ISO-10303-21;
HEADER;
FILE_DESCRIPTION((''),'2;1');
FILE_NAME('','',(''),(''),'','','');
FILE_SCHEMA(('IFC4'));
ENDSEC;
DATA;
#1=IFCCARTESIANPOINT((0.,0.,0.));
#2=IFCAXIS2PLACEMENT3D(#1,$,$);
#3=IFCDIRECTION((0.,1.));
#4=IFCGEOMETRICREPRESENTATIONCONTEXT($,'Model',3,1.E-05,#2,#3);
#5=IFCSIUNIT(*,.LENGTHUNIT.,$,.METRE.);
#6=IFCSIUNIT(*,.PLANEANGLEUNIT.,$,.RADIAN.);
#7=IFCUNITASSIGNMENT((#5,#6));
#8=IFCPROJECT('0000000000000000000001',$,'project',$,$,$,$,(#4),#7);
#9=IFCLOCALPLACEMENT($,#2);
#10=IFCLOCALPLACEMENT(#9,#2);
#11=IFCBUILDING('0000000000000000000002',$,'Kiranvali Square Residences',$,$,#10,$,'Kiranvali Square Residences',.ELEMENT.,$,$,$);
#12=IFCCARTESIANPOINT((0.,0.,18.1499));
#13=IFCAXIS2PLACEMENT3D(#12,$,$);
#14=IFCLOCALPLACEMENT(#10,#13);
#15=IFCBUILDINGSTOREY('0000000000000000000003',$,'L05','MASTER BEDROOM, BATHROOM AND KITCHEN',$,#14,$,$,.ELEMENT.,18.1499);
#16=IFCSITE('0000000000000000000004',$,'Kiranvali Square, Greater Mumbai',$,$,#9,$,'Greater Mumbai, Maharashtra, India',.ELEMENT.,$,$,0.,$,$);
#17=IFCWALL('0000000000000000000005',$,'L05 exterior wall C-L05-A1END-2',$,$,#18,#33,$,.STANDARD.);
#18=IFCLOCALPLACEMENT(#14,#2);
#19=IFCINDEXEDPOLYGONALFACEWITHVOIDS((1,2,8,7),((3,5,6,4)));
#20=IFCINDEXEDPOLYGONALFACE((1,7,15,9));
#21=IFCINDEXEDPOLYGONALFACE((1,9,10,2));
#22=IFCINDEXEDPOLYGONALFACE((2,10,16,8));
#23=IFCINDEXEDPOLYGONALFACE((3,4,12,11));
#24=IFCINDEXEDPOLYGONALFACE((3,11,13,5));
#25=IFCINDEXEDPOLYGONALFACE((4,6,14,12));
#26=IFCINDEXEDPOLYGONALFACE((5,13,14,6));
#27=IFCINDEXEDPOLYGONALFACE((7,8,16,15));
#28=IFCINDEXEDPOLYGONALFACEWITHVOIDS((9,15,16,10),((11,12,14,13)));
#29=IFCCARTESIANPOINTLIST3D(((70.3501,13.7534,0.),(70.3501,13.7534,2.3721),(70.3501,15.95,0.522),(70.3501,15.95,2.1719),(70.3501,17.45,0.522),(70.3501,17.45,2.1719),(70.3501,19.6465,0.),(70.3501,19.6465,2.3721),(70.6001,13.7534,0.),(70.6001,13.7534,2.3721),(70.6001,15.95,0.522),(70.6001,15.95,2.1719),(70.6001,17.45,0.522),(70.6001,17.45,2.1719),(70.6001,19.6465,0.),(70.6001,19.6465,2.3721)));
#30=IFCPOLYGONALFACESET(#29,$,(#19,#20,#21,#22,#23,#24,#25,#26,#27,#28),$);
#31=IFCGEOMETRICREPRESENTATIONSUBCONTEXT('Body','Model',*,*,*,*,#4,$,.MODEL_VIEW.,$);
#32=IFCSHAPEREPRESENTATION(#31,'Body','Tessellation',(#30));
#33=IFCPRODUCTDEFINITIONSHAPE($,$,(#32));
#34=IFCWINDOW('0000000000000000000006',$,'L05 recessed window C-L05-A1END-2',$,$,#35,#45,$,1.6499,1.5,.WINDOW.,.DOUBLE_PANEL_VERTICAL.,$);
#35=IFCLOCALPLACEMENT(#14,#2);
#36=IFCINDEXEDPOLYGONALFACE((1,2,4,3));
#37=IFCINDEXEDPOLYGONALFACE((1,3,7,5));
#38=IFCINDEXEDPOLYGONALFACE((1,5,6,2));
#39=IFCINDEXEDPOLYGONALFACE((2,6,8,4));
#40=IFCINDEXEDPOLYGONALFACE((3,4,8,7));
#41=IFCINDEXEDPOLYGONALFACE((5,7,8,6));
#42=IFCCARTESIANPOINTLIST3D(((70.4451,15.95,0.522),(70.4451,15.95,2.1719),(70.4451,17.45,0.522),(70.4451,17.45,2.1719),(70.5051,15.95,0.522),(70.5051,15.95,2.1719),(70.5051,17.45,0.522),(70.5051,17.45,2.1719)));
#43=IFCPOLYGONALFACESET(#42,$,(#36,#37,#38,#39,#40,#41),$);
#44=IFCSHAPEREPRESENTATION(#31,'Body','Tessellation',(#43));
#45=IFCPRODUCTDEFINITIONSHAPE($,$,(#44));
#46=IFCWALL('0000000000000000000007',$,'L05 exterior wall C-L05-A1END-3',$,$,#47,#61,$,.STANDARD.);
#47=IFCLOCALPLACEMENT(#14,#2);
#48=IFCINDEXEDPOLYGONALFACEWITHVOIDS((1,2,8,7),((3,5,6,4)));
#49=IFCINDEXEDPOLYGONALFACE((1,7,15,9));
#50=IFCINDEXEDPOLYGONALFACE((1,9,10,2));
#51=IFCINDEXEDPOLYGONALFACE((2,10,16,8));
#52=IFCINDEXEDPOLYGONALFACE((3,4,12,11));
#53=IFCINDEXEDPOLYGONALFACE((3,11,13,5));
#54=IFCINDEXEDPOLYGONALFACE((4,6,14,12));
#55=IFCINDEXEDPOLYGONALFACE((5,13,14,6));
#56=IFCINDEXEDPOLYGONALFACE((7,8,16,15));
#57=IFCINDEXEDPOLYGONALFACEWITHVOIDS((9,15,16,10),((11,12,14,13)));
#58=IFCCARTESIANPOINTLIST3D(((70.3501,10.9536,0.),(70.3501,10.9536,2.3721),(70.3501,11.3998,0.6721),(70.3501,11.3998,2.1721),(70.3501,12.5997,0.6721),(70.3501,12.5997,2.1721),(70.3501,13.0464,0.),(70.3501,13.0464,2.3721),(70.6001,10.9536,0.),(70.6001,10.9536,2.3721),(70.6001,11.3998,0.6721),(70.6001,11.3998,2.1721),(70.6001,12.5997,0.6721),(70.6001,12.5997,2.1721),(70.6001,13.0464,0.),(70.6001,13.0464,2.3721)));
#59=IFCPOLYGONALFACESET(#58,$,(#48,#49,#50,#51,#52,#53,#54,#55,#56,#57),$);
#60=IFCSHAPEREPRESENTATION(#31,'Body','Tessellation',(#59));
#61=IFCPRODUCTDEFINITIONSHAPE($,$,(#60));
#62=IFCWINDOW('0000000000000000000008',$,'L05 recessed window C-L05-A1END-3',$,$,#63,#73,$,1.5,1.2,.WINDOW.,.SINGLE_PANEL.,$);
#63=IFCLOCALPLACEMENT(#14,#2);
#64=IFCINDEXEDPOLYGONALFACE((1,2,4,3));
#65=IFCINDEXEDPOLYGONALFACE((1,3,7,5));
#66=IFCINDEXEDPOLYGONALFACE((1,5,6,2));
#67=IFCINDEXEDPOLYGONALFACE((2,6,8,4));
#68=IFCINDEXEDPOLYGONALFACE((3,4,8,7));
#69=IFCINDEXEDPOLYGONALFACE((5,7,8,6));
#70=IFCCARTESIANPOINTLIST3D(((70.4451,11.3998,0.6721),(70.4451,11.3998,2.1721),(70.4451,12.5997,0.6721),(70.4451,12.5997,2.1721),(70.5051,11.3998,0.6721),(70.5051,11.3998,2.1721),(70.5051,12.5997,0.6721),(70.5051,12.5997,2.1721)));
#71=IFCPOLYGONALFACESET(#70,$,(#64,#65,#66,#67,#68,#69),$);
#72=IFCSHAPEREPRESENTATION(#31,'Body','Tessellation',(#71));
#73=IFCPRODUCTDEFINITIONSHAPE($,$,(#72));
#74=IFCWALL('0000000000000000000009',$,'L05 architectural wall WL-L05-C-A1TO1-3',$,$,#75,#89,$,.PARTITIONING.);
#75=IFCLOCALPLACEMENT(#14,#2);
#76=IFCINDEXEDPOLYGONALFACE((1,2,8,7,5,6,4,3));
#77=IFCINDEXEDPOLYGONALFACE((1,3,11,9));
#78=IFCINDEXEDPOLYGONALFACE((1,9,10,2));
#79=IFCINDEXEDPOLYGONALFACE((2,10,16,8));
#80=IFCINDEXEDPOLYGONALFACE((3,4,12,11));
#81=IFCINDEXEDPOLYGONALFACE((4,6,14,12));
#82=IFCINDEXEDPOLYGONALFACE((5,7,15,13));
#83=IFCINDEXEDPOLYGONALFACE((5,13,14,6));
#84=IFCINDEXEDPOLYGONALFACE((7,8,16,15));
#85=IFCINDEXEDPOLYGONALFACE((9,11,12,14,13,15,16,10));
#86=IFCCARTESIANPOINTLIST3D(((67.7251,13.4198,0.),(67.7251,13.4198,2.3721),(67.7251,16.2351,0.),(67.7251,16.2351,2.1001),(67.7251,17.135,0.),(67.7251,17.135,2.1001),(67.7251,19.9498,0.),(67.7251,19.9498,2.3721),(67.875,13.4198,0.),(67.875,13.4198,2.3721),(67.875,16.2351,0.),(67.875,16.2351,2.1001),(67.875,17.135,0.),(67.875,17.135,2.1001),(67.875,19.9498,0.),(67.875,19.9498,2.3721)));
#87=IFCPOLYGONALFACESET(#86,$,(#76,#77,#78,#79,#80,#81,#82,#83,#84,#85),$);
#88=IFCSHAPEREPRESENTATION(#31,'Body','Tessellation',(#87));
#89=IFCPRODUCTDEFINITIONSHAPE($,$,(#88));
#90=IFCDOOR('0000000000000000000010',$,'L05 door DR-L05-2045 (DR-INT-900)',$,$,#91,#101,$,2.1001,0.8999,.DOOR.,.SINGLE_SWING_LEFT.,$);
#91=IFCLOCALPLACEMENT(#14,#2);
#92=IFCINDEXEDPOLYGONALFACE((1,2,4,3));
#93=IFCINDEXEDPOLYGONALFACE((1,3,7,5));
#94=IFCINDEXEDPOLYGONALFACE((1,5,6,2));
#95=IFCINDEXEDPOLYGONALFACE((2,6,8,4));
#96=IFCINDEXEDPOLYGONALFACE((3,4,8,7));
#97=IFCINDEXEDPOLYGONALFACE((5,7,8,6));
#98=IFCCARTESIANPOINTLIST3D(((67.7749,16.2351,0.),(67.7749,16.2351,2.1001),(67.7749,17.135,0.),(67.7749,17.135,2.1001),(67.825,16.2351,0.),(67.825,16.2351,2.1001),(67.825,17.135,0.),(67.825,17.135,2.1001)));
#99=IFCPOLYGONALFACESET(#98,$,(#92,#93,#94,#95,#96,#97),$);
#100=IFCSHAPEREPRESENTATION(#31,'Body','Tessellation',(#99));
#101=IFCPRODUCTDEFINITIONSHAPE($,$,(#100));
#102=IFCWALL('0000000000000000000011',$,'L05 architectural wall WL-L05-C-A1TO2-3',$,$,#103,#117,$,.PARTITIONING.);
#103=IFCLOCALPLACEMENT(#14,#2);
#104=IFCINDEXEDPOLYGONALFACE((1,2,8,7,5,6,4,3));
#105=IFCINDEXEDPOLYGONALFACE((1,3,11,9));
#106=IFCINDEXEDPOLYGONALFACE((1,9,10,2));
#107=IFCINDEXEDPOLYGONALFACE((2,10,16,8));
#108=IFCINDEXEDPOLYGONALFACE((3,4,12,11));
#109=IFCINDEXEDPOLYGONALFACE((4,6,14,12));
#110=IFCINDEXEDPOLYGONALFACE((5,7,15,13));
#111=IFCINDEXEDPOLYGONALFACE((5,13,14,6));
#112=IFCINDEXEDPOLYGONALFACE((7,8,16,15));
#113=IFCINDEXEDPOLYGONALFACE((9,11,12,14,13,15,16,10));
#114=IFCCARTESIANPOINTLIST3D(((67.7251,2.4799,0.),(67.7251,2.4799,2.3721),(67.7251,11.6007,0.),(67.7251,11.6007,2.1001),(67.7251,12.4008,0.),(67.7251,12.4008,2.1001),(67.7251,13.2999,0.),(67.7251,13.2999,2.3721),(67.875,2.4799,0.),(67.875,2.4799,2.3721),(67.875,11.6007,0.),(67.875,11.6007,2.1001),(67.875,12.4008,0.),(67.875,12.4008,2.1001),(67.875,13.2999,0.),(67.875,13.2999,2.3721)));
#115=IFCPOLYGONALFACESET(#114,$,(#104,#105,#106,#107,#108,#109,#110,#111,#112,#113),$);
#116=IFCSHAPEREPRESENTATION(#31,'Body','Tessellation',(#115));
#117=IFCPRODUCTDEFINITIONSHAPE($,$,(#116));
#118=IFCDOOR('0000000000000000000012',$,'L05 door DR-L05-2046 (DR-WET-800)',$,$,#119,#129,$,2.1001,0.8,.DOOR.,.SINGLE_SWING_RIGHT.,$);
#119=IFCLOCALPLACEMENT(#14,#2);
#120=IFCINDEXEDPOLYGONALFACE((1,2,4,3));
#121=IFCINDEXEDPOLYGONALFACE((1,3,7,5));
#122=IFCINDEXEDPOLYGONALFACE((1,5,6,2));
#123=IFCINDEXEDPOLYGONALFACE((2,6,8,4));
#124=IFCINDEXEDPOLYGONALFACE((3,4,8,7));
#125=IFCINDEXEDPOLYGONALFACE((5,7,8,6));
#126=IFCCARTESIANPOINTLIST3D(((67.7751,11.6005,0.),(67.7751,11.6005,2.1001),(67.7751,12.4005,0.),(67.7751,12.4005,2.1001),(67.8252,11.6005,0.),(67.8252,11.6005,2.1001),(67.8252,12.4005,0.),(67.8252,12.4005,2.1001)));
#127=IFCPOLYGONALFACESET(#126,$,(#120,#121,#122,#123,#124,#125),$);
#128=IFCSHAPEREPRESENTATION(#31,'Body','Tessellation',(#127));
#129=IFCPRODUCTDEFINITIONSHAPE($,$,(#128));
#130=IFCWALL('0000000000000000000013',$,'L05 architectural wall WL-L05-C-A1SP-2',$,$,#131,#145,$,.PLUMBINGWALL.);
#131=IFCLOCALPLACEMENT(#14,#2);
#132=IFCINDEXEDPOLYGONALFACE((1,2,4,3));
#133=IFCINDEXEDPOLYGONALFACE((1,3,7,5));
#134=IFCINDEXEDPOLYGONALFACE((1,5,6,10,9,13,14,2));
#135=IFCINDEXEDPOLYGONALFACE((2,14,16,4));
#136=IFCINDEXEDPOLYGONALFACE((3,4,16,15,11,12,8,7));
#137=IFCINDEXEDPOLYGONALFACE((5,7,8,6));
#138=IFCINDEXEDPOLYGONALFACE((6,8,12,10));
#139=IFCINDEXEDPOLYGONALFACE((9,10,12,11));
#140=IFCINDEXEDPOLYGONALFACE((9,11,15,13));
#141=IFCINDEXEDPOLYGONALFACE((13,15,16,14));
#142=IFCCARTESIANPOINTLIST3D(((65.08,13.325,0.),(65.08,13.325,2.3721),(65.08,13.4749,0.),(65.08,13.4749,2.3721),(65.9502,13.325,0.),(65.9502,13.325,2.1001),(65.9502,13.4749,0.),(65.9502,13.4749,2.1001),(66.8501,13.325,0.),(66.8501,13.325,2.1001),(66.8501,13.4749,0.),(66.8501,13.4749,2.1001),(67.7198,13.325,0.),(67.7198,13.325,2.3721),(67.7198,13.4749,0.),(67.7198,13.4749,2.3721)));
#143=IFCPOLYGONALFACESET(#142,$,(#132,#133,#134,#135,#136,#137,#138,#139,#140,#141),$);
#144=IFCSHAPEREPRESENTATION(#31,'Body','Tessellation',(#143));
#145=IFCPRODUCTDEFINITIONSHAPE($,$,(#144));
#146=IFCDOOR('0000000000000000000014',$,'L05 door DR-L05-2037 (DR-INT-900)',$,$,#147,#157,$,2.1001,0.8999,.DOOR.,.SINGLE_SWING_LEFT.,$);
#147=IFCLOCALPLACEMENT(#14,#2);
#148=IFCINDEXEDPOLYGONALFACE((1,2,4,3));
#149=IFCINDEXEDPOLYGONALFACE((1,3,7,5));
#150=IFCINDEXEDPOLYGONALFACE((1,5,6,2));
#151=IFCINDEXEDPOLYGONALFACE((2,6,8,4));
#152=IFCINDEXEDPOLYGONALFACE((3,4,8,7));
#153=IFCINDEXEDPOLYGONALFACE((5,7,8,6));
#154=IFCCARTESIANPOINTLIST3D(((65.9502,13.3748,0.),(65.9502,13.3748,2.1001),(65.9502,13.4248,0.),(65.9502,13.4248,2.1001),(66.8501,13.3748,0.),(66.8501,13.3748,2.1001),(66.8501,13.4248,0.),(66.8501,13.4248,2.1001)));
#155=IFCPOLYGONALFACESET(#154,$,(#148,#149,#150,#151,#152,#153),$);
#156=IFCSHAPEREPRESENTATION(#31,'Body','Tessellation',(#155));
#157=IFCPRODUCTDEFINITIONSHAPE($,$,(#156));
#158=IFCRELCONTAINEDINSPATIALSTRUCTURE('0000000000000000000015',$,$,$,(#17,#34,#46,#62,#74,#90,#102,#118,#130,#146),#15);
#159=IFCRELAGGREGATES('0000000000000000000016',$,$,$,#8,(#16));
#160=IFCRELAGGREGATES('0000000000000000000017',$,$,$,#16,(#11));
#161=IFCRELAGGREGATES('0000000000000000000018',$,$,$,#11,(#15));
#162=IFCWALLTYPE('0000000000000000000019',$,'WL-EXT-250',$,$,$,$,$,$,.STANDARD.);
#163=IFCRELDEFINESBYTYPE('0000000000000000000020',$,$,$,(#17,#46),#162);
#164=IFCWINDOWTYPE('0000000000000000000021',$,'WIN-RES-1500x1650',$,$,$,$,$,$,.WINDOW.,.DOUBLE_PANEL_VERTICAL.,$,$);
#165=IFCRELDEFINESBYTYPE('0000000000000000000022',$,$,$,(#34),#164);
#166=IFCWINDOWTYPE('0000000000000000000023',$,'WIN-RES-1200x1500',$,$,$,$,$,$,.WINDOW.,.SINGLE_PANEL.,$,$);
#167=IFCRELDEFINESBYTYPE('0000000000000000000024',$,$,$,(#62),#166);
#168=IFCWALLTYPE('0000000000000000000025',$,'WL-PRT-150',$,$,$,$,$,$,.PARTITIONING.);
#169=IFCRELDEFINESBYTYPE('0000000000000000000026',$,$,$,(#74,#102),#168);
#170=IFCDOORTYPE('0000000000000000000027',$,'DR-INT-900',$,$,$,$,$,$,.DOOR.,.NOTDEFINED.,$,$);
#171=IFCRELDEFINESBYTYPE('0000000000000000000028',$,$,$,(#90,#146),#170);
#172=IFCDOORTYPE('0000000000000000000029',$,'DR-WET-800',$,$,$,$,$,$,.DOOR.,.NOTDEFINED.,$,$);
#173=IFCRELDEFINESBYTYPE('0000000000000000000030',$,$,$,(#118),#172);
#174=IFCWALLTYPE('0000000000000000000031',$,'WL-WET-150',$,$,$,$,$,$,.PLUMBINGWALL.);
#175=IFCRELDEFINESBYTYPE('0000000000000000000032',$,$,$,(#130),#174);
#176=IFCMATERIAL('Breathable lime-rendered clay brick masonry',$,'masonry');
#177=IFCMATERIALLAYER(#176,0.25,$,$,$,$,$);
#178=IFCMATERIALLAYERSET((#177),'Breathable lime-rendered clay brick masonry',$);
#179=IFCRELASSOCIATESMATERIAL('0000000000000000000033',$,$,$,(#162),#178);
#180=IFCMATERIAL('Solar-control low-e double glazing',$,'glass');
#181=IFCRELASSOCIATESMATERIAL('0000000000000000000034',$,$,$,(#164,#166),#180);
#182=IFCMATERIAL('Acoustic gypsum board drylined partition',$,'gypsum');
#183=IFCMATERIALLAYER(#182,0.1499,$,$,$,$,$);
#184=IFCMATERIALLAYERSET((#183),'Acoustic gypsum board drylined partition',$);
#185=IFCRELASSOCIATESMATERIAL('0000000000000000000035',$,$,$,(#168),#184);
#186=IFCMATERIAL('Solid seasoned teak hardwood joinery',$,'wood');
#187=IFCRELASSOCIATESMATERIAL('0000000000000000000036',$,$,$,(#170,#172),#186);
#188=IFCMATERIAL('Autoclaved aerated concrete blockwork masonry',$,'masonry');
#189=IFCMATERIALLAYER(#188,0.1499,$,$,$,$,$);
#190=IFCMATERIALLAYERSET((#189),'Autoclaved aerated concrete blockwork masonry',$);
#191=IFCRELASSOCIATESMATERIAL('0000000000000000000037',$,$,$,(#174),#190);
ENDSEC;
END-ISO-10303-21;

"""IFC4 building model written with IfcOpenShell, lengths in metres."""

from ifc_helpers import new_model, si_unit, direction, frame, frame_2d, origin, place, context, subcontext, project, spatial, rectangle, extrude, material, layer, layer_set, type_object, element, fill, save


model = new_model("IFC4")

# Units and contexts
model_context = context("Model", 3, precision=1e-05, world=origin(), true_north=direction((0.0, 1.0)))
body_context = subcontext(model_context, "Body", "Model", "MODEL_VIEW")
ifc_project = project(units=[si_unit("LENGTHUNIT", "METRE"), si_unit("PLANEANGLEUNIT", "RADIAN")], contexts=[model_context])

# Site, building, storey
site_placement = place(None, origin())
site = spatial("IfcSite", under=ifc_project, at=site_placement, Name="Kiranvali Square, Greater Mumbai", LongName="Greater Mumbai, Maharashtra, India", CompositionType="ELEMENT", RefElevation=0.0)
building_placement = place(site_placement, origin())
building = spatial("IfcBuilding", under=site, at=building_placement, Name="Kiranvali Square Residences", LongName="Kiranvali Square Residences", CompositionType="ELEMENT")
storey_placement = place(building_placement, frame((0.0, 0.0, 18.1499)))
storey = spatial("IfcBuildingStorey", under=building, at=storey_placement, Name="L05", Description="MASTER BEDROOM, BATHROOM AND KITCHEN", CompositionType="ELEMENT", Elevation=18.1499)

# Shared definitions
ifc_material_1 = material(Name="Autoclaved aerated concrete blockwork masonry", Category="masonry")

# Walls, openings, windows
ifc_material_2 = material(Name="Breathable lime-rendered clay brick masonry", Category="masonry")
ifc_layer_1 = layer(ifc_material_2, 0.25)
ifc_layer_set_1 = layer_set([ifc_layer_1], Name="Breathable lime-rendered clay brick masonry")
wall_type_1 = type_object("IfcWallType", Name="WL-EXT-250", PredefinedType="STANDARD", material=ifc_layer_set_1)
wall_1_placement = place(storey_placement, frame((70.4751, 19.6465, 0.0), z_axis=(0.0, 0.0, 1.0), x_axis=(0.0, -1.0, 0.0)))
wall_1 = element("IfcWall", 1, at=wall_1_placement, inside=storey, type_object=wall_type_1, Name="L05 exterior wall C-L05-A1END-2", PredefinedType="STANDARD", context=body_context, shape_type="SweptSolid", body=[
    extrude(rectangle(XDim=5.8931, YDim=0.25, at=frame_2d((2.9465, 0.0))), origin(), (0.0, 0.0, 1.0), 2.3721),
])
opening_1_placement = place(wall_1_placement, frame((2.1965, 0.0, 0.522)))
opening_1 = element("IfcOpeningElement", 2, at=opening_1_placement, cuts=wall_1, PredefinedType="OPENING", context=body_context, shape_type="SweptSolid", body=[
    extrude(rectangle(XDim=1.5, YDim=1.6499, at=frame_2d((0.75, 0.825))), frame((0.0, 0.135, 0.0), z_axis=(0.0, -1.0, 0.0), x_axis=(1.0, 0.0, 0.0)), (0.0, 0.0, 1.0), 0.27),
])
ifc_material_3 = material(Name="Solar-control low-e double glazing", Category="glass")
window_type_1 = type_object("IfcWindowType", Name="WIN-RES-1500x1650", PartitioningType="DOUBLE_PANEL_VERTICAL", PredefinedType="WINDOW", material=ifc_material_3)
window_1_placement = place(opening_1_placement, origin())
window_1 = element("IfcWindow", 3, at=window_1_placement, inside=storey, type_object=window_type_1, Name="L05 recessed window C-L05-A1END-2", OverallHeight=1.6499, OverallWidth=1.5, PartitioningType="DOUBLE_PANEL_VERTICAL", PredefinedType="WINDOW", context=body_context, shape_type="SweptSolid", body=[
    extrude(rectangle(XDim=1.5, YDim=1.6499, at=frame_2d((0.75, 0.825))), frame((0.0, 0.03, 0.0), z_axis=(0.0, -1.0, 0.0), x_axis=(1.0, 0.0, 0.0)), (0.0, 0.0, 1.0), 0.0601),
])
fill(opening_1, window_1)
wall_2_placement = place(storey_placement, frame((70.4751, 13.0464, 0.0), z_axis=(0.0, 0.0, 1.0), x_axis=(0.0, -1.0, 0.0)))
wall_2 = element("IfcWall", 4, at=wall_2_placement, inside=storey, type_object=wall_type_1, Name="L05 exterior wall C-L05-A1END-3", PredefinedType="STANDARD", context=body_context, shape_type="SweptSolid", body=[
    extrude(rectangle(XDim=2.0928, YDim=0.25, at=frame_2d((1.0464, 0.0))), origin(), (0.0, 0.0, 1.0), 2.3721),
])
opening_2_placement = place(wall_2_placement, frame((0.4465, 0.0, 0.6721)))
opening_2 = element("IfcOpeningElement", 5, at=opening_2_placement, cuts=wall_2, PredefinedType="OPENING", context=body_context, shape_type="SweptSolid", body=[
    extrude(rectangle(XDim=1.2, YDim=1.5, at=frame_2d((0.6001, 0.75))), frame((0.0, 0.135, 0.0), z_axis=(0.0, -1.0, 0.0), x_axis=(1.0, 0.0, 0.0)), (0.0, 0.0, 1.0), 0.27),
])
window_type_2 = type_object("IfcWindowType", Name="WIN-RES-1200x1500", PartitioningType="SINGLE_PANEL", PredefinedType="WINDOW", material=ifc_material_3)
window_2_placement = place(opening_2_placement, origin())
window_2 = element("IfcWindow", 6, at=window_2_placement, inside=storey, type_object=window_type_2, Name="L05 recessed window C-L05-A1END-3", OverallHeight=1.5, OverallWidth=1.2, PartitioningType="SINGLE_PANEL", PredefinedType="WINDOW", context=body_context, shape_type="SweptSolid", body=[
    extrude(rectangle(XDim=1.2, YDim=1.5, at=frame_2d((0.6001, 0.75))), frame((0.0, 0.03, 0.0), z_axis=(0.0, -1.0, 0.0), x_axis=(1.0, 0.0, 0.0)), (0.0, 0.0, 1.0), 0.0601),
])
fill(opening_2, window_2)

# Walls, openings, doors
ifc_material_4 = material(Name="Acoustic gypsum board drylined partition", Category="gypsum")
ifc_layer_2 = layer(ifc_material_4, 0.1499)
ifc_layer_set_2 = layer_set([ifc_layer_2], Name="Acoustic gypsum board drylined partition")
wall_type_2 = type_object("IfcWallType", Name="WL-PRT-150", PredefinedType="PARTITIONING", material=ifc_layer_set_2)
wall_3_placement = place(storey_placement, frame((67.8, 19.95, 0.0), z_axis=(0.0, 0.0, 1.0), x_axis=(0.0, -1.0, 0.0)))
wall_3 = element("IfcWall", 7, at=wall_3_placement, inside=storey, type_object=wall_type_2, Name="L05 architectural wall WL-L05-C-A1TO1-3", PredefinedType="PARTITIONING", context=body_context, shape_type="SweptSolid", body=[
    extrude(rectangle(XDim=6.53, YDim=0.1499, at=frame_2d((3.2651, 0.0))), origin(), (0.0, 0.0, 1.0), 2.3721),
])
opening_3_placement = place(wall_3_placement, frame((2.8149, 0.0, 0.0)))
opening_3 = element("IfcOpeningElement", 8, at=opening_3_placement, cuts=wall_3, PredefinedType="OPENING", context=body_context, shape_type="SweptSolid", body=[
    extrude(rectangle(XDim=0.8999, YDim=2.1001, at=frame_2d((0.45, 1.05))), frame((0.0, 0.085, 0.0), z_axis=(0.0, -1.0, 0.0), x_axis=(1.0, 0.0, 0.0)), (0.0, 0.0, 1.0), 0.1699),
])
ifc_material_5 = material(Name="Solid seasoned teak hardwood joinery", Category="wood")
door_type_1 = type_object("IfcDoorType", Name="DR-INT-900", OperationType="NOTDEFINED", PredefinedType="DOOR", material=ifc_material_5)
door_1_placement = place(opening_3_placement, origin())
door_1 = element("IfcDoor", 9, at=door_1_placement, inside=storey, type_object=door_type_1, Name="L05 door DR-L05-2045 (DR-INT-900)", OperationType="SINGLE_SWING_LEFT", OverallHeight=2.1001, OverallWidth=0.8999, PredefinedType="DOOR", context=body_context, shape_type="SweptSolid", body=[
    extrude(rectangle(XDim=0.8999, YDim=2.1001, at=frame_2d((0.45, 1.05))), frame((0.0, 0.0249, 0.0), z_axis=(0.0, -1.0, 0.0), x_axis=(1.0, 0.0, 0.0)), (0.0, 0.0, 1.0), 0.05),
])
fill(opening_3, door_1)
wall_4_placement = place(storey_placement, frame((67.8, 13.3, 0.0), z_axis=(0.0, 0.0, 1.0), x_axis=(0.0, -1.0, 0.0)))
wall_4 = element("IfcWall", 10, at=wall_4_placement, inside=storey, type_object=wall_type_2, Name="L05 architectural wall WL-L05-C-A1TO2-3", PredefinedType="PARTITIONING", context=body_context, shape_type="SweptSolid", body=[
    extrude(rectangle(XDim=10.8201, YDim=0.1499, at=frame_2d((5.4102, 0.0))), origin(), (0.0, 0.0, 1.0), 2.3721),
])
opening_4_placement = place(wall_4_placement, frame((0.8994, 0.0, 0.0)))
opening_4 = element("IfcOpeningElement", 11, at=opening_4_placement, cuts=wall_4, PredefinedType="OPENING", context=body_context, shape_type="SweptSolid", body=[
    extrude(rectangle(XDim=0.8, YDim=2.1001, at=frame_2d((0.3999, 1.05))), frame((0.0, 0.085, 0.0), z_axis=(0.0, -1.0, 0.0), x_axis=(1.0, 0.0, 0.0)), (0.0, 0.0, 1.0), 0.1699),
])
door_type_2 = type_object("IfcDoorType", Name="DR-WET-800", OperationType="NOTDEFINED", PredefinedType="DOOR", material=ifc_material_5)
door_2_placement = place(opening_4_placement, frame((0.8, 0.0, 0.0), z_axis=(0.0, 0.0, 1.0), x_axis=(-1.0, 0.0, 0.0)))
door_2 = element("IfcDoor", 12, at=door_2_placement, inside=storey, type_object=door_type_2, Name="L05 door DR-L05-2046 (DR-WET-800)", OperationType="SINGLE_SWING_RIGHT", OverallHeight=2.1001, OverallWidth=0.8, PredefinedType="DOOR", context=body_context, shape_type="SweptSolid", body=[
    extrude(rectangle(XDim=0.8, YDim=2.1001, at=frame_2d((0.3999, 1.05))), frame((0.0, 0.0249, 0.0), z_axis=(0.0, -1.0, 0.0), x_axis=(1.0, 0.0, 0.0)), (0.0, 0.0, 1.0), 0.05),
])
fill(opening_4, door_2)
ifc_layer_3 = layer(ifc_material_1, 0.1499)
ifc_layer_set_3 = layer_set([ifc_layer_3], Name="Autoclaved aerated concrete blockwork masonry")
wall_type_3 = type_object("IfcWallType", Name="WL-WET-150", PredefinedType="PLUMBINGWALL", material=ifc_layer_set_3)
wall_5_placement = place(storey_placement, frame((65.0801, 13.3999, 0.0), z_axis=(0.0, 0.0, 1.0), x_axis=(1.0, 0.0, 0.0)))
wall_5 = element("IfcWall", 13, at=wall_5_placement, inside=storey, type_object=wall_type_3, Name="L05 architectural wall WL-L05-C-A1SP-2", PredefinedType="PLUMBINGWALL", context=body_context, shape_type="SweptSolid", body=[
    extrude(rectangle(XDim=2.6399, YDim=0.1499, at=frame_2d((1.3198, 0.0))), origin(), (0.0, 0.0, 1.0), 2.3721),
])
opening_5_placement = place(wall_5_placement, frame((0.8701, 0.0, 0.0)))
opening_5 = element("IfcOpeningElement", 14, at=opening_5_placement, cuts=wall_5, PredefinedType="OPENING", context=body_context, shape_type="SweptSolid", body=[
    extrude(rectangle(XDim=0.8999, YDim=2.1001, at=frame_2d((0.45, 1.05))), frame((0.0, 0.085, 0.0), z_axis=(0.0, -1.0, 0.0), x_axis=(1.0, 0.0, 0.0)), (0.0, 0.0, 1.0), 0.1699),
])
door_3_placement = place(opening_5_placement, origin())
door_3 = element("IfcDoor", 15, at=door_3_placement, inside=storey, type_object=door_type_1, Name="L05 door DR-L05-2037 (DR-INT-900)", OperationType="SINGLE_SWING_LEFT", OverallHeight=2.1001, OverallWidth=0.8999, PredefinedType="DOOR", context=body_context, shape_type="SweptSolid", body=[
    extrude(rectangle(XDim=0.8999, YDim=2.1001, at=frame_2d((0.45, 1.05))), frame((0.0, 0.0249, 0.0), z_axis=(0.0, -1.0, 0.0), x_axis=(1.0, 0.0, 0.0)), (0.0, 0.0, 1.0), 0.05),
])
fill(opening_5, door_3)

save(model, "model.ifc")
